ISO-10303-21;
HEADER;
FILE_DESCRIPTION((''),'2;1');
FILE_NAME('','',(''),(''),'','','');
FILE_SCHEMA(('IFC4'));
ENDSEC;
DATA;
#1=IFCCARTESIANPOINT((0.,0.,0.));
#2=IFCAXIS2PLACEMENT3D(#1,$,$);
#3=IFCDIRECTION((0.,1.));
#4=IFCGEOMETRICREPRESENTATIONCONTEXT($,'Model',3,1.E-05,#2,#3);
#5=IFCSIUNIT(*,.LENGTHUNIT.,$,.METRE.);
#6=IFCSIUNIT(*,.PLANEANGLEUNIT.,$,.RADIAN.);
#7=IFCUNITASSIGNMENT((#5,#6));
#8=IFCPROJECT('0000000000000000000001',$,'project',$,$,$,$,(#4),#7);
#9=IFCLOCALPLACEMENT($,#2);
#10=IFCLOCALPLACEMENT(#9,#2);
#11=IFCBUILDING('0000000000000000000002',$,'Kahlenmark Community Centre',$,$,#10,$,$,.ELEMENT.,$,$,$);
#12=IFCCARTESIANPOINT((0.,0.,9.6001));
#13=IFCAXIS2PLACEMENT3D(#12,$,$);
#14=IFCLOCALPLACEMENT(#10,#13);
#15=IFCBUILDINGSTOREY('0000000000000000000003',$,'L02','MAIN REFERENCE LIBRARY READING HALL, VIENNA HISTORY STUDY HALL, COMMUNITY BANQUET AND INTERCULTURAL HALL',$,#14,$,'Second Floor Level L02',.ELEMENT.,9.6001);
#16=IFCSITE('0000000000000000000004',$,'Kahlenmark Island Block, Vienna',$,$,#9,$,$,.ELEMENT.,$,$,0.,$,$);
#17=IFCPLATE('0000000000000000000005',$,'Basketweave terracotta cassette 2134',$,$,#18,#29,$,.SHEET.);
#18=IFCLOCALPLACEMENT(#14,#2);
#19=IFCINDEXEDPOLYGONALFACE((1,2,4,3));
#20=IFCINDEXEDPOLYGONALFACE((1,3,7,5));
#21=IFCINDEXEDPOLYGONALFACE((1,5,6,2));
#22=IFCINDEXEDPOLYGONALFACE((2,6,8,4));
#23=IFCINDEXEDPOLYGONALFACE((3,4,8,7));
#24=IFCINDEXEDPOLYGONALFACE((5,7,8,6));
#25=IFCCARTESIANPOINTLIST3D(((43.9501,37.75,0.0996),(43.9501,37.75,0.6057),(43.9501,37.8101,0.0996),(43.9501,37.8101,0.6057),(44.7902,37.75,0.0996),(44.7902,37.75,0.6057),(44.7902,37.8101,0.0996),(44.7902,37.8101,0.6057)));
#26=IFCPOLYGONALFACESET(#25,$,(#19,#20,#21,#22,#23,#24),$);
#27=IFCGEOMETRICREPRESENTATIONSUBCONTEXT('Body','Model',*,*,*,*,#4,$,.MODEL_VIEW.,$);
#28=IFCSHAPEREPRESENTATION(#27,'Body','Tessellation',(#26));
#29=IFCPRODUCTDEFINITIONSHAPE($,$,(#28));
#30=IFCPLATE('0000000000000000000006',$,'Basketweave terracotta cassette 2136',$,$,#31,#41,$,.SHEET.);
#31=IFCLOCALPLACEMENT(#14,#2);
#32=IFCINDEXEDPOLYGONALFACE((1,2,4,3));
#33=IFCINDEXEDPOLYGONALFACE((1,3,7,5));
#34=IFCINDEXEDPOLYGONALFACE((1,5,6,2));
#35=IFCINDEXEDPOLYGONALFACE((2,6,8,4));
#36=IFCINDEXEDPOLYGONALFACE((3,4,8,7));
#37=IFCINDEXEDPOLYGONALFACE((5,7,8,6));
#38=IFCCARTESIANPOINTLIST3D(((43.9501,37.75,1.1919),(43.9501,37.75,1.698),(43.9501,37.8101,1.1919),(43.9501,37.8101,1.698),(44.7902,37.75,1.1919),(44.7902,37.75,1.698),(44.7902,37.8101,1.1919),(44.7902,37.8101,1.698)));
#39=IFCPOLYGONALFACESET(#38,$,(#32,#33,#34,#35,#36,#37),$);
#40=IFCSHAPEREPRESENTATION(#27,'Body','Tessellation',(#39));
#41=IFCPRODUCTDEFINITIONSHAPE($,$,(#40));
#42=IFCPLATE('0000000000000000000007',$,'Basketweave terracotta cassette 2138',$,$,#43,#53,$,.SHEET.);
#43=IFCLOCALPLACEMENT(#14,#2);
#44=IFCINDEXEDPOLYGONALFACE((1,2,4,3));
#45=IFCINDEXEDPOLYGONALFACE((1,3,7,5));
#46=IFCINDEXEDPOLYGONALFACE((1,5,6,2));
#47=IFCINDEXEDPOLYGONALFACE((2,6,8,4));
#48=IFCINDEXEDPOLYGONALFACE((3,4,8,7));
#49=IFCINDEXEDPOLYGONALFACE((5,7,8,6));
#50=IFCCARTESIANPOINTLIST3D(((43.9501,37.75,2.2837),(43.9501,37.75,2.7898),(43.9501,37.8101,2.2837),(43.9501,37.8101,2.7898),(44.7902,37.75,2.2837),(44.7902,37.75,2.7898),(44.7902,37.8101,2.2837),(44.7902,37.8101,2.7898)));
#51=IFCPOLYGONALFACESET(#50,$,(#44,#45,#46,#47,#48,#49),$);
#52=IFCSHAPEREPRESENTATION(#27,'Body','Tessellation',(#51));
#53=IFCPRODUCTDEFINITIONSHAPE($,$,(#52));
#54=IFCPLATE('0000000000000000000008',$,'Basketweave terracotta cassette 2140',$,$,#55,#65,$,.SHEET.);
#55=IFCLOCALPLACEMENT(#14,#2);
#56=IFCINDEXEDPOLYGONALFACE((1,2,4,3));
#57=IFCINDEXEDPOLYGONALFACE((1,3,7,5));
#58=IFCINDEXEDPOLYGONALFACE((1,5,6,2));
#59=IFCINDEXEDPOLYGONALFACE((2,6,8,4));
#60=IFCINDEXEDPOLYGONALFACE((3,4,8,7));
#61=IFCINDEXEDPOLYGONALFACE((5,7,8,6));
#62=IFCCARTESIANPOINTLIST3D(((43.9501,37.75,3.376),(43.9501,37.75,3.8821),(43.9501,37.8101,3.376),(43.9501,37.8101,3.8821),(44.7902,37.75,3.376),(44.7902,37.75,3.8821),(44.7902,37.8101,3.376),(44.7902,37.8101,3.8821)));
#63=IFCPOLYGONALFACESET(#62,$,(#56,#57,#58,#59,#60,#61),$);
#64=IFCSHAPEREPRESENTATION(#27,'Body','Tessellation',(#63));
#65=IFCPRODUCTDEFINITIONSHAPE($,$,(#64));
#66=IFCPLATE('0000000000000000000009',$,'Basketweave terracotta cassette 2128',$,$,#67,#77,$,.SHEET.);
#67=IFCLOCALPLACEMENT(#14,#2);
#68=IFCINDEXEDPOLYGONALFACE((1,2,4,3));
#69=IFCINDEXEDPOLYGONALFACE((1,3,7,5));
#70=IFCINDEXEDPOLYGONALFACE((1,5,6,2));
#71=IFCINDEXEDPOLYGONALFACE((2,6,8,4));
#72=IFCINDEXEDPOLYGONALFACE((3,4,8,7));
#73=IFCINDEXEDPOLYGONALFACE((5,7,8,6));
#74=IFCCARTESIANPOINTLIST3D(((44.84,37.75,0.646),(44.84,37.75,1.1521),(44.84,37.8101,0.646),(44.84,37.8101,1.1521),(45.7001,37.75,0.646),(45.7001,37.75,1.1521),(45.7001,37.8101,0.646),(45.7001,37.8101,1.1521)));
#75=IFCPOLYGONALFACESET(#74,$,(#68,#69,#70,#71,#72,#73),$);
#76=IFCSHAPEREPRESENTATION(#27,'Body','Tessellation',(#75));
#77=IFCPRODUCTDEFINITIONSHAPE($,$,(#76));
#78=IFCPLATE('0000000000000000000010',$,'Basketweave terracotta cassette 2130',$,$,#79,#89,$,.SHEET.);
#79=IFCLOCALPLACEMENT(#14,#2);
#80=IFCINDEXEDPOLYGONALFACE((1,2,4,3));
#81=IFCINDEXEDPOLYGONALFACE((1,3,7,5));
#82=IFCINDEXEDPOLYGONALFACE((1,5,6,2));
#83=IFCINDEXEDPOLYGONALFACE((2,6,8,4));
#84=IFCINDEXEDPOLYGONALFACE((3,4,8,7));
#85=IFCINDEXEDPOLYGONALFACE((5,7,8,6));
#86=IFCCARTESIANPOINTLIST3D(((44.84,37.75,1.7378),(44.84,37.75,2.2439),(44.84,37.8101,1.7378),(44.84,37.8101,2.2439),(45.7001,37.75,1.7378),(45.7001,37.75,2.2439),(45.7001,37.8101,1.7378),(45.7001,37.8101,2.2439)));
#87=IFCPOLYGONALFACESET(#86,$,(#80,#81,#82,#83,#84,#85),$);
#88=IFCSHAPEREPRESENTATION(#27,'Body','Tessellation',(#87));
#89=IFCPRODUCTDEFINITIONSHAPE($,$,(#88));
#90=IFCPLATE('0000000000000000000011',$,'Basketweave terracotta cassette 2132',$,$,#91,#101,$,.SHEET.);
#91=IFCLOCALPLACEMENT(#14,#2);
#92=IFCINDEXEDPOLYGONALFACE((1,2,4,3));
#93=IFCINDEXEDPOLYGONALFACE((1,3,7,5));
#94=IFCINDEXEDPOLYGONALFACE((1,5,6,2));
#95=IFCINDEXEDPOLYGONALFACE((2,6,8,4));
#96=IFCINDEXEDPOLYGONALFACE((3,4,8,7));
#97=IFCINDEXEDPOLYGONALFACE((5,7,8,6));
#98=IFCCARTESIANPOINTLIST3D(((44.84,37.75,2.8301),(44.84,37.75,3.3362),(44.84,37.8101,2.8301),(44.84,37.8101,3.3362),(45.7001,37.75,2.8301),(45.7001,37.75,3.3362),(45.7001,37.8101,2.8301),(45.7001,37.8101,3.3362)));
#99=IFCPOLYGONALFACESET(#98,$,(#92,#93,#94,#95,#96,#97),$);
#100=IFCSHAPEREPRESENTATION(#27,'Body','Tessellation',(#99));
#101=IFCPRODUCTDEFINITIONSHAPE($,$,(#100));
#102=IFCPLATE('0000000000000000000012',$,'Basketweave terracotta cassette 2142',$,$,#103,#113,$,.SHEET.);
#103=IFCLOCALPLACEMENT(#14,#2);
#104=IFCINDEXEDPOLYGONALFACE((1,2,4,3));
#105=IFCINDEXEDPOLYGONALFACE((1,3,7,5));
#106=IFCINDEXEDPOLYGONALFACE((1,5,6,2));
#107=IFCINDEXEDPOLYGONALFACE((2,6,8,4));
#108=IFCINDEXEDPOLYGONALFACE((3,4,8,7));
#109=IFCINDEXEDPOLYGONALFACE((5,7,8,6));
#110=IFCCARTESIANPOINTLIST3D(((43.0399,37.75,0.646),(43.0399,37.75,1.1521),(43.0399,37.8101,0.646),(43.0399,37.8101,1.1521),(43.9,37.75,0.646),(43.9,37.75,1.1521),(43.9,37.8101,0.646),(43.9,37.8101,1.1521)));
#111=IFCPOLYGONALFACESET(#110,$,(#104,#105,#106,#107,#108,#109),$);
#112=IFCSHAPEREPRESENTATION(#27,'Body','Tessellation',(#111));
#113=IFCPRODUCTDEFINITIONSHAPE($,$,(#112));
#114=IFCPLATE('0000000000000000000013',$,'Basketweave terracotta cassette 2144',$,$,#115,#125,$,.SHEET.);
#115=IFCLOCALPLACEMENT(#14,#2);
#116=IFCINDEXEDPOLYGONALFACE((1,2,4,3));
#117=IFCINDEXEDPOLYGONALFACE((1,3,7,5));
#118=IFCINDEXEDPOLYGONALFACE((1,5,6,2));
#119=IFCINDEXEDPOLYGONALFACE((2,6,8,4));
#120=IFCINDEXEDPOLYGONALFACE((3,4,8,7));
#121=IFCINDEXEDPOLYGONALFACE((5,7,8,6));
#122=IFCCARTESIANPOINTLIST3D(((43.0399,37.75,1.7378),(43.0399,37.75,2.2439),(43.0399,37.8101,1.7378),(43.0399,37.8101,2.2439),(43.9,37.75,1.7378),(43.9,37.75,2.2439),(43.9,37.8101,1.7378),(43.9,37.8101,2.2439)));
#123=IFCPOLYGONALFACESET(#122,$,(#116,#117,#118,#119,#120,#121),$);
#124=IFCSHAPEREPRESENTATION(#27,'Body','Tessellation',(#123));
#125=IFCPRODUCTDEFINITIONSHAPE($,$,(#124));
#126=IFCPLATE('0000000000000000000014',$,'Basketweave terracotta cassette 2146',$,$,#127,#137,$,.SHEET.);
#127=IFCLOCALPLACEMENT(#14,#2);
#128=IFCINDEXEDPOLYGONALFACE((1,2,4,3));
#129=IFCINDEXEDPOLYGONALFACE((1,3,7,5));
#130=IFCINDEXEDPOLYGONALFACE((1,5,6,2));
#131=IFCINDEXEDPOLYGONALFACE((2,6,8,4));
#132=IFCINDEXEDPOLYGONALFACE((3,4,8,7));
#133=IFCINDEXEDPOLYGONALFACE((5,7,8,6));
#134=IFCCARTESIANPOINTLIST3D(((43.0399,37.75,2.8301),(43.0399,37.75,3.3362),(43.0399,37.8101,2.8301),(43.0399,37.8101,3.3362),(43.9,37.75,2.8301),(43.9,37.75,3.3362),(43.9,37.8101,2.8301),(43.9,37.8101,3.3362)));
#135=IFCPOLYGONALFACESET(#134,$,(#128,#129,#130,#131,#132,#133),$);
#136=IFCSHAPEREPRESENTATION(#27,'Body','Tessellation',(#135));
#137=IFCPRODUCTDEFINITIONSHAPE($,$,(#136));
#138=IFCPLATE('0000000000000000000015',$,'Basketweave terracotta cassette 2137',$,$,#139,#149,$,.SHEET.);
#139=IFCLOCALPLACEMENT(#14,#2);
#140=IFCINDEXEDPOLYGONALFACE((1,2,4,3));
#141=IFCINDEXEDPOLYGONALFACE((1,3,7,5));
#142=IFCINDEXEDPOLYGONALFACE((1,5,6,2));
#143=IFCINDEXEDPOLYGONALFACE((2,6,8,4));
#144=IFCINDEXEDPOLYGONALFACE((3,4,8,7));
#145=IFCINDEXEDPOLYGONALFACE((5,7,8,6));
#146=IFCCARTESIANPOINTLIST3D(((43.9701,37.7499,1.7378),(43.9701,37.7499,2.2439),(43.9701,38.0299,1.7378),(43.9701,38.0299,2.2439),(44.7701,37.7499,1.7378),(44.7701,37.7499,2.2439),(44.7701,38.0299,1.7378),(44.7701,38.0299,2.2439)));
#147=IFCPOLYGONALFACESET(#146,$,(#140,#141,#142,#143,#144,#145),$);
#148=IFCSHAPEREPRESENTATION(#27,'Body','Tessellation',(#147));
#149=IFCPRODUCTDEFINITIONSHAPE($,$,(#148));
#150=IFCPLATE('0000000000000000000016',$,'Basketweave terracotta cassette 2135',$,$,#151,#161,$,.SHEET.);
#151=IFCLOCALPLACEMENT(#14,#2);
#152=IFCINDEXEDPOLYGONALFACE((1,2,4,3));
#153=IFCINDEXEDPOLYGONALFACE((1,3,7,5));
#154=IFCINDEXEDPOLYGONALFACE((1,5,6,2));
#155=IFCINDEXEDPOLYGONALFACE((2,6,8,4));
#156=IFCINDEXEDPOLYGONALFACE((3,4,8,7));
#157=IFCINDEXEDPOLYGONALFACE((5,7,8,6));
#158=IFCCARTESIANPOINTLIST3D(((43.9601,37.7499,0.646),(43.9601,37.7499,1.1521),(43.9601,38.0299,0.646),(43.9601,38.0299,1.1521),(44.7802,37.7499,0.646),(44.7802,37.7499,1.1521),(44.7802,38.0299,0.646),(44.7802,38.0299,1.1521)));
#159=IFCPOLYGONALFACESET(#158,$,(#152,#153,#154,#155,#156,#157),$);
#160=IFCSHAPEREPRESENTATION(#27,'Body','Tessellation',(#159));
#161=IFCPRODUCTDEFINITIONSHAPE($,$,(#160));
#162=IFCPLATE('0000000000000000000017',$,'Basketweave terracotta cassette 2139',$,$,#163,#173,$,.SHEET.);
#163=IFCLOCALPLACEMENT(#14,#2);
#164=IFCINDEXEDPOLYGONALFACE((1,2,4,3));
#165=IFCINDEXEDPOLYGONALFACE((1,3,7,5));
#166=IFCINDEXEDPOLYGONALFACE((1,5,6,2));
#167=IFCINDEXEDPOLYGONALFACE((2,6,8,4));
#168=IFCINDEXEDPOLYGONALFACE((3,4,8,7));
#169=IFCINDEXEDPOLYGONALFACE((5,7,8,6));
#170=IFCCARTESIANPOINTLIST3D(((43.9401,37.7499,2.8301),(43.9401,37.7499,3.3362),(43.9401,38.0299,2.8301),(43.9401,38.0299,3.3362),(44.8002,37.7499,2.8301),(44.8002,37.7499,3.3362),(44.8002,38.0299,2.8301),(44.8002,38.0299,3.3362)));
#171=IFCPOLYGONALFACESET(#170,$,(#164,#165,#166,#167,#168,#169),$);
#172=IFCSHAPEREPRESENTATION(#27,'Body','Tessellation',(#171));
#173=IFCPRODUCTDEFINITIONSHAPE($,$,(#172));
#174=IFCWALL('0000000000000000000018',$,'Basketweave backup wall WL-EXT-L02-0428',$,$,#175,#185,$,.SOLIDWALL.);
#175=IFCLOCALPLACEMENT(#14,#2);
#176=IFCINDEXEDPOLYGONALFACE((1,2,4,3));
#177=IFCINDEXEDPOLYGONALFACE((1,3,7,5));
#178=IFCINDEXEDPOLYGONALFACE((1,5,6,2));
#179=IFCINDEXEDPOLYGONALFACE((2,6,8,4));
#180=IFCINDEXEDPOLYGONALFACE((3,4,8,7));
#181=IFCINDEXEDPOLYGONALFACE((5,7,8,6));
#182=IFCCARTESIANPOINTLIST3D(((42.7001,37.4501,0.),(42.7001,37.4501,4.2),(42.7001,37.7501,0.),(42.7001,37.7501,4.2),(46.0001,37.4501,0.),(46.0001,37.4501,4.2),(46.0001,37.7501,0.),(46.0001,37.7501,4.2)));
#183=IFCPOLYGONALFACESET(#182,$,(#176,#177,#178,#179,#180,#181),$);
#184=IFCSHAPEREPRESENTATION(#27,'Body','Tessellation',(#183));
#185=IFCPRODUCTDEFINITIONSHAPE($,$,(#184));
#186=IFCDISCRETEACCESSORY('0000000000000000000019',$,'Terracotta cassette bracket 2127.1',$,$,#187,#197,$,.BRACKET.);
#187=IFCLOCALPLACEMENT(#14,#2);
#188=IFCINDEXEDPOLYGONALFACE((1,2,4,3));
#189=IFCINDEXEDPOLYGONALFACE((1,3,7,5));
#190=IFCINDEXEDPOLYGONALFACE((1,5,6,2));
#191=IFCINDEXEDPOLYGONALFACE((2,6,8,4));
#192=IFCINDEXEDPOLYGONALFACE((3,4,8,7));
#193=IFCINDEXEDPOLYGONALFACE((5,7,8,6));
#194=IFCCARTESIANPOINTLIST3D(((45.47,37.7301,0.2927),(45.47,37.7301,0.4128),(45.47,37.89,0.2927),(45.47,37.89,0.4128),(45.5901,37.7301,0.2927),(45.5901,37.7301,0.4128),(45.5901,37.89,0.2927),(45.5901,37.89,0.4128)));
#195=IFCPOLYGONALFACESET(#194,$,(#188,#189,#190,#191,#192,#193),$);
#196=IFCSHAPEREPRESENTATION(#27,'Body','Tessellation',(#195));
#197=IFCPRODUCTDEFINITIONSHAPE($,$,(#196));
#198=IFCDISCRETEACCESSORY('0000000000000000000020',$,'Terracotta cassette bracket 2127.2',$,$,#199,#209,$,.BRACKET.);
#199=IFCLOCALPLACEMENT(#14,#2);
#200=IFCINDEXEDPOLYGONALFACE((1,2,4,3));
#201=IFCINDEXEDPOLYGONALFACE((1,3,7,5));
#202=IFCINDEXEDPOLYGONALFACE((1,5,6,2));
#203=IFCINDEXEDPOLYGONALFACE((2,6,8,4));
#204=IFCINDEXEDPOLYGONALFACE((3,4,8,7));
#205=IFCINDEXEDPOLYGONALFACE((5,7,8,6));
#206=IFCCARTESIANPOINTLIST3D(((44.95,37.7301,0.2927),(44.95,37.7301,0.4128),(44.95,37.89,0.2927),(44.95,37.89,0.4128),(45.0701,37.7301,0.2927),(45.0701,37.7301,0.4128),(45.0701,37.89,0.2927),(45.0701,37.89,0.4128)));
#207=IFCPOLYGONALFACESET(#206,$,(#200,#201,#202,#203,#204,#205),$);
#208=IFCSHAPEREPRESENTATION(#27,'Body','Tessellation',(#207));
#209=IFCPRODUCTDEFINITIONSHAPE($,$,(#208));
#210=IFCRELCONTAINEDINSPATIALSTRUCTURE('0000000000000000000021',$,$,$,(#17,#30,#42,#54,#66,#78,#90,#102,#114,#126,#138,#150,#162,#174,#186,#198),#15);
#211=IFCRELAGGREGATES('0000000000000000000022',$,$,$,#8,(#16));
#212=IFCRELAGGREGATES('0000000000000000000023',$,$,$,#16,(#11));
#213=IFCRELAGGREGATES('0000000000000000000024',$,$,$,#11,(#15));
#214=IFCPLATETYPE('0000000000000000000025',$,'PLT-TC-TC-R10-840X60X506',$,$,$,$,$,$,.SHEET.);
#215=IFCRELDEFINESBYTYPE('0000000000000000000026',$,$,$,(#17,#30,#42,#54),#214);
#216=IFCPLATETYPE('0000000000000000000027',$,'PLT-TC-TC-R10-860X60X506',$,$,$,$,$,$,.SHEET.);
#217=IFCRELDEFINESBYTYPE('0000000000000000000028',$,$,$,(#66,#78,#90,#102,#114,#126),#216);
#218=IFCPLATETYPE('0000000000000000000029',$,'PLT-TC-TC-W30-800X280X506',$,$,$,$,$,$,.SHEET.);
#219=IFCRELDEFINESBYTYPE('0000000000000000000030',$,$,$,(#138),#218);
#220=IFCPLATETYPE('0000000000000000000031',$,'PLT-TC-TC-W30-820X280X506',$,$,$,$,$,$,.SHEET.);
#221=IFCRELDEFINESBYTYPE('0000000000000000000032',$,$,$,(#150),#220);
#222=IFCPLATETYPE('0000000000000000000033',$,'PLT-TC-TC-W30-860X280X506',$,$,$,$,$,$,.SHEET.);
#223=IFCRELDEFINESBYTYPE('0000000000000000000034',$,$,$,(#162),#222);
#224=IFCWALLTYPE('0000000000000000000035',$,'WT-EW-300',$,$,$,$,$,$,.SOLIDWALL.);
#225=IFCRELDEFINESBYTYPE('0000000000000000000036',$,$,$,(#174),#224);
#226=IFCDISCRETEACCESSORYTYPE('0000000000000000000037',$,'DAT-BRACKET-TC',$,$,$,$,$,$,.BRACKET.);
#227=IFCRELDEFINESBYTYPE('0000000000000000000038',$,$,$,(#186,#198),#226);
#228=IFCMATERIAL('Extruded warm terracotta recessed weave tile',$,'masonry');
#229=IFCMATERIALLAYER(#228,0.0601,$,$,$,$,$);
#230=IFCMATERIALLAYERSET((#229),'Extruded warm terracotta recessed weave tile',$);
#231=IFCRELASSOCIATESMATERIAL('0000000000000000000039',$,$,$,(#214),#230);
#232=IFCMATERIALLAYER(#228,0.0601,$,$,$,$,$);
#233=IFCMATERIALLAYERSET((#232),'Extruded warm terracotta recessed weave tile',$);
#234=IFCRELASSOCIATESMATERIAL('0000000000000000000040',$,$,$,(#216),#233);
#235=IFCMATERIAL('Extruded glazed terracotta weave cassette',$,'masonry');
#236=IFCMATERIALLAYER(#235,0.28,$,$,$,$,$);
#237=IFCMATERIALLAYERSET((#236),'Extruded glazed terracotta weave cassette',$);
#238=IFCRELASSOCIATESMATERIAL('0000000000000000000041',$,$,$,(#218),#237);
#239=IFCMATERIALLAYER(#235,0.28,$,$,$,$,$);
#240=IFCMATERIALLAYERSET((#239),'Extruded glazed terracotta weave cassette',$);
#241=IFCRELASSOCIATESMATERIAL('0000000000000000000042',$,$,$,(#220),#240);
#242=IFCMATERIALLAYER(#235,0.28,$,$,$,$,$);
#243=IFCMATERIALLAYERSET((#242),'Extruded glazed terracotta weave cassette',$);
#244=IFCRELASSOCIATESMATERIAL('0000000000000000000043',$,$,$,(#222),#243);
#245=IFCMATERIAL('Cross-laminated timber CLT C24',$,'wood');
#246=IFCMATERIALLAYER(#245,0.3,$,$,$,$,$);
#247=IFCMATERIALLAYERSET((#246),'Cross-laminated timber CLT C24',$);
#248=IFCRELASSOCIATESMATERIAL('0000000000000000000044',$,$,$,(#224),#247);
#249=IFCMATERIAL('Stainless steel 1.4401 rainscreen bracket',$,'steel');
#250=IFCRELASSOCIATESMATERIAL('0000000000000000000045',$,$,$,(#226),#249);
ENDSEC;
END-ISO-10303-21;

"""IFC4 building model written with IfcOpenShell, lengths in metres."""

from ifc_helpers import new_model, si_unit, direction, frame, frame_2d, origin, origin_2d, place, context, subcontext, project, spatial, rectangle, extrude, material, layer, layer_set, type_object, element, save


model = new_model("IFC4")

# Units and contexts
model_context = context("Model", 3, precision=1e-05, world=origin(), true_north=direction((0.0, 1.0)))
body_context = subcontext(model_context, "Body", "Model", "MODEL_VIEW")
ifc_project = project(units=[si_unit("LENGTHUNIT", "METRE"), si_unit("PLANEANGLEUNIT", "RADIAN")], contexts=[model_context])

# Site, building, storey
site_placement = place(None, origin())
site = spatial("IfcSite", under=ifc_project, at=site_placement, Name="Kahlenmark Island Block, Vienna", CompositionType="ELEMENT", RefElevation=0.0)
building_placement = place(site_placement, origin())
building = spatial("IfcBuilding", under=site, at=building_placement, Name="Kahlenmark Community Centre", CompositionType="ELEMENT")
storey_placement = place(building_placement, frame((0.0, 0.0, 9.6001)))
storey = spatial("IfcBuildingStorey", under=building, at=storey_placement, Name="L02", Description="MAIN REFERENCE LIBRARY READING HALL, VIENNA HISTORY STUDY HALL, COMMUNITY BANQUET AND INTERCULTURAL HALL", LongName="Second Floor Level L02", CompositionType="ELEMENT", Elevation=9.6001)

# Plates
ifc_material_1 = material(Name="Extruded warm terracotta recessed weave tile", Category="masonry")
ifc_layer_1 = layer(ifc_material_1, 0.0601)
ifc_layer_set_1 = layer_set([ifc_layer_1], Name="Extruded warm terracotta recessed weave tile")
plate_type_1 = type_object("IfcPlateType", Name="PLT-TC-TC-R10-840X60X506", PredefinedType="SHEET", material=ifc_layer_set_1)
for number, where, z_axis, x_axis, name in (
    (1, (44.3701, 37.78, 0.0996), (0.0, 0.0, 1.0), (-1.0, 0.0, 0.0), "Basketweave terracotta cassette 2134"),
    (2, (44.3701, 37.78, 1.1919), (0.0, 0.0, 1.0), (-1.0, 0.0, 0.0), "Basketweave terracotta cassette 2136"),
    (3, (44.3701, 37.78, 2.2837), (0.0, 0.0, 1.0), (-1.0, 0.0, 0.0), "Basketweave terracotta cassette 2138"),
    (4, (44.3701, 37.78, 3.376), (0.0, 0.0, 1.0), (-1.0, 0.0, 0.0), "Basketweave terracotta cassette 2140"),
):
    element("IfcPlate", number, at=place(storey_placement, frame(where, z_axis=z_axis, x_axis=x_axis)), inside=storey, type_object=plate_type_1, Name=name, PredefinedType="SHEET", context=body_context, shape_type="SweptSolid", body=[
        extrude(rectangle(XDim=0.8401, YDim=0.0601, at=origin_2d()), origin(), (0.0, 0.0, 1.0), 0.5061),
    ])
ifc_layer_2 = layer(ifc_material_1, 0.0601)
ifc_layer_set_2 = layer_set([ifc_layer_2], Name="Extruded warm terracotta recessed weave tile")
plate_type_2 = type_object("IfcPlateType", Name="PLT-TC-TC-R10-860X60X506", PredefinedType="SHEET", material=ifc_layer_set_2)
for number, where, z_axis, x_axis, name in (
    (5, (45.27, 37.78, 0.646), (0.0, 0.0, 1.0), (-1.0, 0.0, 0.0), "Basketweave terracotta cassette 2128"),
    (6, (45.27, 37.78, 1.7378), (0.0, 0.0, 1.0), (-1.0, 0.0, 0.0), "Basketweave terracotta cassette 2130"),
    (7, (45.27, 37.78, 2.8301), (0.0, 0.0, 1.0), (-1.0, 0.0, 0.0), "Basketweave terracotta cassette 2132"),
    (8, (43.47, 37.78, 0.646), (0.0, 0.0, 1.0), (-1.0, 0.0, 0.0), "Basketweave terracotta cassette 2142"),
    (9, (43.47, 37.78, 1.7378), (0.0, 0.0, 1.0), (-1.0, 0.0, 0.0), "Basketweave terracotta cassette 2144"),
    (10, (43.47, 37.78, 2.8301), (0.0, 0.0, 1.0), (-1.0, 0.0, 0.0), "Basketweave terracotta cassette 2146"),
):
    element("IfcPlate", number, at=place(storey_placement, frame(where, z_axis=z_axis, x_axis=x_axis)), inside=storey, type_object=plate_type_2, Name=name, PredefinedType="SHEET", context=body_context, shape_type="SweptSolid", body=[
        extrude(rectangle(XDim=0.8601, YDim=0.0601, at=origin_2d()), origin(), (0.0, 0.0, 1.0), 0.5061),
    ])
ifc_material_2 = material(Name="Extruded glazed terracotta weave cassette", Category="masonry")
ifc_layer_3 = layer(ifc_material_2, 0.28)
ifc_layer_set_3 = layer_set([ifc_layer_3], Name="Extruded glazed terracotta weave cassette")
plate_type_3 = type_object("IfcPlateType", Name="PLT-TC-TC-W30-800X280X506", PredefinedType="SHEET", material=ifc_layer_set_3)
plate_1_placement = place(storey_placement, frame((44.3701, 37.8899, 1.7378), z_axis=(0.0, 0.0, 1.0), x_axis=(-1.0, 0.0, 0.0)))
element("IfcPlate", 11, at=plate_1_placement, inside=storey, type_object=plate_type_3, Name="Basketweave terracotta cassette 2137", PredefinedType="SHEET", context=body_context, shape_type="SweptSolid", body=[
    extrude(rectangle(XDim=0.8, YDim=0.28, at=origin_2d()), origin(), (0.0, 0.0, 1.0), 0.5061),
])
ifc_layer_4 = layer(ifc_material_2, 0.28)
ifc_layer_set_4 = layer_set([ifc_layer_4], Name="Extruded glazed terracotta weave cassette")
plate_type_4 = type_object("IfcPlateType", Name="PLT-TC-TC-W30-820X280X506", PredefinedType="SHEET", material=ifc_layer_set_4)
plate_2_placement = place(storey_placement, frame((44.3701, 37.8899, 0.646), z_axis=(0.0, 0.0, 1.0), x_axis=(-1.0, 0.0, 0.0)))
element("IfcPlate", 12, at=plate_2_placement, inside=storey, type_object=plate_type_4, Name="Basketweave terracotta cassette 2135", PredefinedType="SHEET", context=body_context, shape_type="SweptSolid", body=[
    extrude(rectangle(XDim=0.8201, YDim=0.28, at=origin_2d()), origin(), (0.0, 0.0, 1.0), 0.5061),
])
ifc_layer_5 = layer(ifc_material_2, 0.28)
ifc_layer_set_5 = layer_set([ifc_layer_5], Name="Extruded glazed terracotta weave cassette")
plate_type_5 = type_object("IfcPlateType", Name="PLT-TC-TC-W30-860X280X506", PredefinedType="SHEET", material=ifc_layer_set_5)
plate_3_placement = place(storey_placement, frame((44.3701, 37.8899, 2.8301), z_axis=(0.0, 0.0, 1.0), x_axis=(-1.0, 0.0, 0.0)))
element("IfcPlate", 13, at=plate_3_placement, inside=storey, type_object=plate_type_5, Name="Basketweave terracotta cassette 2139", PredefinedType="SHEET", context=body_context, shape_type="SweptSolid", body=[
    extrude(rectangle(XDim=0.8601, YDim=0.28, at=origin_2d()), origin(), (0.0, 0.0, 1.0), 0.5061),
])

# Wall
ifc_material_3 = material(Name="Cross-laminated timber CLT C24", Category="wood")
ifc_layer_6 = layer(ifc_material_3, 0.3)
ifc_layer_set_6 = layer_set([ifc_layer_6], Name="Cross-laminated timber CLT C24")
wall_type = type_object("IfcWallType", Name="WT-EW-300", PredefinedType="SOLIDWALL", material=ifc_layer_set_6)
wall_placement = place(storey_placement, frame((46.0, 37.6001, 0.0), z_axis=(0.0, 0.0, 1.0), x_axis=(-1.0, 0.0, 0.0)))
element("IfcWall", 14, at=wall_placement, inside=storey, type_object=wall_type, Name="Basketweave backup wall WL-EXT-L02-0428", PredefinedType="SOLIDWALL", context=body_context, shape_type="SweptSolid", body=[
    extrude(rectangle(XDim=3.3, YDim=0.3, at=frame_2d((1.6499, 0.0))), origin(), (0.0, 0.0, 1.0), 4.2),
])

# Discrete accessories
ifc_material_4 = material(Name="Stainless steel 1.4401 rainscreen bracket", Category="steel")
discrete_accessory_type = type_object("IfcDiscreteAccessoryType", Name="DAT-BRACKET-TC", PredefinedType="BRACKET", material=ifc_material_4)
for number, where, z_axis, x_axis, name in (
    (15, (45.53, 37.8101, 0.2927), (0.0, 0.0, 1.0), (-1.0, 0.0, 0.0), "Terracotta cassette bracket 2127.1"),
    (16, (45.01, 37.8101, 0.2927), (0.0, 0.0, 1.0), (-1.0, 0.0, 0.0), "Terracotta cassette bracket 2127.2"),
):
    element("IfcDiscreteAccessory", number, at=place(storey_placement, frame(where, z_axis=z_axis, x_axis=x_axis)), inside=storey, type_object=discrete_accessory_type, Name=name, PredefinedType="BRACKET", context=body_context, shape_type="SweptSolid", body=[
        extrude(rectangle(XDim=0.1201, YDim=0.1599, at=origin_2d()), origin(), (0.0, 0.0, 1.0), 0.1201),
    ])

save(model, "model.ifc")
